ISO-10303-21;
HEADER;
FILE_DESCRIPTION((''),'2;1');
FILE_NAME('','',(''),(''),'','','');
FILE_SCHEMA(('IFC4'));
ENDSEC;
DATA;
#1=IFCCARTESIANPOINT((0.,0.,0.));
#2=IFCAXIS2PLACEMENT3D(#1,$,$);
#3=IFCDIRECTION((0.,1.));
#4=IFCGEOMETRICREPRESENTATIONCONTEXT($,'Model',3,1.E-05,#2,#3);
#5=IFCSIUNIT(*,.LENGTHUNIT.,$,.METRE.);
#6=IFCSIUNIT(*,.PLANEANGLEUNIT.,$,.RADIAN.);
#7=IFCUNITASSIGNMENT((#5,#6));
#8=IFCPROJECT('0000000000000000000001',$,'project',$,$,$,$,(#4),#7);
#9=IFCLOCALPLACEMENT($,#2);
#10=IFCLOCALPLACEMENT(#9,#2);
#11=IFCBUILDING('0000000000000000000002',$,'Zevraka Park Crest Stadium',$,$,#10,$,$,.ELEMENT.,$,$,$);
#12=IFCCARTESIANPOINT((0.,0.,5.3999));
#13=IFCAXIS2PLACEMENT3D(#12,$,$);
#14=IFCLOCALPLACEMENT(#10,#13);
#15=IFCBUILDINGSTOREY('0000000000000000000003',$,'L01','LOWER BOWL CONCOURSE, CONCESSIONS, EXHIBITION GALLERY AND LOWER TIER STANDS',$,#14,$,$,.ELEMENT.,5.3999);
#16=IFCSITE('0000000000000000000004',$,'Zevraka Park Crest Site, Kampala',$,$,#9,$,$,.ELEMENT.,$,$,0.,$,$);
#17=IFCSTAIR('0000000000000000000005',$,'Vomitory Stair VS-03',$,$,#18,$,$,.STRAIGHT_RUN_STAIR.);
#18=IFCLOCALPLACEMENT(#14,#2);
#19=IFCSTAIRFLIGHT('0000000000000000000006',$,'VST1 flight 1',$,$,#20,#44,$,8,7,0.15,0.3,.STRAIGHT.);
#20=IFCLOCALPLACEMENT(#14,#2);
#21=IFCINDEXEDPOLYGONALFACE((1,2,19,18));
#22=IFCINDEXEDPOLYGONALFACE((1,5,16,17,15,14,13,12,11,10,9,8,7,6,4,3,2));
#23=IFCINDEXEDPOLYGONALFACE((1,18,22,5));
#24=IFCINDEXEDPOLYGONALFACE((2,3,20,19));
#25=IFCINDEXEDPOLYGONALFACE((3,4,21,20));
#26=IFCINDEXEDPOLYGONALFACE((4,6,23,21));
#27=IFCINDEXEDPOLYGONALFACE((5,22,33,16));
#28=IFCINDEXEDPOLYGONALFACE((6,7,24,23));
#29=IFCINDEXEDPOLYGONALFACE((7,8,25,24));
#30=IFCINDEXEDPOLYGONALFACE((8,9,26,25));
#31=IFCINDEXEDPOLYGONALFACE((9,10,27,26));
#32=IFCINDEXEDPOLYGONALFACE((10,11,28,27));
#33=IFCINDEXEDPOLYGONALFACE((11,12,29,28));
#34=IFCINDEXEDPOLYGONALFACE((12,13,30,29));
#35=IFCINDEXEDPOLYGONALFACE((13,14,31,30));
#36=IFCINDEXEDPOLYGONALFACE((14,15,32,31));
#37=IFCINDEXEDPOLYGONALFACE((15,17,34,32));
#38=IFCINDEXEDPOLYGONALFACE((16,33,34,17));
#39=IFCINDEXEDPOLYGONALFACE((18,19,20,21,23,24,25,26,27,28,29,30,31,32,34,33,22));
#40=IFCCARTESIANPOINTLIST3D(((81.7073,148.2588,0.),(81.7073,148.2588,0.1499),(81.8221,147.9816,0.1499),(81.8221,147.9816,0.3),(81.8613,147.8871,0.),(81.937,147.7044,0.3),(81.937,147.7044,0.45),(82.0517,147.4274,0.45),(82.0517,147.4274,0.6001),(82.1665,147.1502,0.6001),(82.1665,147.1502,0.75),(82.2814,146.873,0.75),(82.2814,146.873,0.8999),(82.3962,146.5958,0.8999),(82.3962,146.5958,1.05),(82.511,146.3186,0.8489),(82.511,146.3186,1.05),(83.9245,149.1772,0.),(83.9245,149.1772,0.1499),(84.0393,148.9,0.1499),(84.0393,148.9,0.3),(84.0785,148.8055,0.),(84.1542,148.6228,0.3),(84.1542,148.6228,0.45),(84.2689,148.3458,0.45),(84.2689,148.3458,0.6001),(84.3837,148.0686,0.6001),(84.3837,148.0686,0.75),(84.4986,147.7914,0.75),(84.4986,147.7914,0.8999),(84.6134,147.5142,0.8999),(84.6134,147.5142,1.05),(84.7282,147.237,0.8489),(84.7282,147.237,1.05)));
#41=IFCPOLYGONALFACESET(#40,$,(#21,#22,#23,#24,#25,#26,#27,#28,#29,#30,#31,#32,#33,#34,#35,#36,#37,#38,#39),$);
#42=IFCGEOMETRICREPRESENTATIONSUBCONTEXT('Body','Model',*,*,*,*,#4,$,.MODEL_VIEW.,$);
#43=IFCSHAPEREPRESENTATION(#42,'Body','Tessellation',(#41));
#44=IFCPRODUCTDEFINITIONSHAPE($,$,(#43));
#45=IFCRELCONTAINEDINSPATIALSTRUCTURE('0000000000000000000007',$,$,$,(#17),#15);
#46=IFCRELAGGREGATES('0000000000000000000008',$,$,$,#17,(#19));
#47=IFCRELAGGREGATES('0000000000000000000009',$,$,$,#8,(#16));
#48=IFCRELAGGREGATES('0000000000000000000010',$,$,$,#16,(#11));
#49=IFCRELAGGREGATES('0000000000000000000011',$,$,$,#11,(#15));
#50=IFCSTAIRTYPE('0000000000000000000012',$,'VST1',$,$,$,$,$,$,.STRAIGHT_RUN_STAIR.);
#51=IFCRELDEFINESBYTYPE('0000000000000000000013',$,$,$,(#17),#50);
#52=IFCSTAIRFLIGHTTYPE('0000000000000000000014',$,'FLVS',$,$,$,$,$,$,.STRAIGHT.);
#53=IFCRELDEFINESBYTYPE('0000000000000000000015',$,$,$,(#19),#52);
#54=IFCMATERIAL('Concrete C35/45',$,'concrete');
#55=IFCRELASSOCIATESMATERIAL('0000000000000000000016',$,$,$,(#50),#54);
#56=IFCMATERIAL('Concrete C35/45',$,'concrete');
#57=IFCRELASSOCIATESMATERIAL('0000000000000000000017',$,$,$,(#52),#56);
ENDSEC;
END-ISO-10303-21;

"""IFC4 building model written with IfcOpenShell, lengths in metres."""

from ifc_helpers import new_model, si_unit, direction, frame, origin, place, context, subcontext, project, spatial, polyline, outline, extrude, material, type_object, element, aggregate, save


model = new_model("IFC4")

# Units and contexts
model_context = context("Model", 3, precision=1e-05, world=origin(), true_north=direction((0.0, 1.0)))
body_context = subcontext(model_context, "Body", "Model", "MODEL_VIEW")
ifc_project = project(units=[si_unit("LENGTHUNIT", "METRE"), si_unit("PLANEANGLEUNIT", "RADIAN")], contexts=[model_context])

# Site, building, storey
site_placement = place(None, origin())
site = spatial("IfcSite", under=ifc_project, at=site_placement, Name="Zevraka Park Crest Site, Kampala", CompositionType="ELEMENT", RefElevation=0.0)
building_placement = place(site_placement, origin())
building = spatial("IfcBuilding", under=site, at=building_placement, Name="Zevraka Park Crest Stadium", CompositionType="ELEMENT")
storey_placement = place(building_placement, frame((0.0, 0.0, 5.3999)))
storey = spatial("IfcBuildingStorey", under=building, at=storey_placement, Name="L01", Description="LOWER BOWL CONCOURSE, CONCESSIONS, EXHIBITION GALLERY AND LOWER TIER STANDS", CompositionType="ELEMENT", Elevation=5.3999)

# Stair, stair flight
ifc_material_1 = material(Name="Concrete C35/45", Category="concrete")
stair_type = type_object("IfcStairType", Name="VST1", PredefinedType="STRAIGHT_RUN_STAIR", material=ifc_material_1)
stair_placement = place(storey_placement, origin())
stair = element("IfcStair", 1, at=stair_placement, inside=storey, type_object=stair_type, Name="Vomitory Stair VS-03", PredefinedType="STRAIGHT_RUN_STAIR")
ifc_material_2 = material(Name="Concrete C35/45", Category="concrete")
stair_flight_type = type_object("IfcStairFlightType", Name="FLVS", PredefinedType="STRAIGHT", material=ifc_material_2)
stair_flight_placement = place(storey_placement, frame((82.8159, 148.718, 0.0), z_axis=(0.0, 0.0, 1.0), x_axis=(0.3827, -0.923873, 0.0)))
stair_flight = element("IfcStairFlight", 2, at=stair_flight_placement, type_object=stair_flight_type, Name="VST1 flight 1", NumberOfRisers=8, NumberOfTreads=7, PredefinedType="STRAIGHT", RiserHeight=0.15, TreadLength=0.3, context=body_context, shape_type="SweptSolid", body=[
    extrude(outline(polyline([(0.0, 0.0), (0.0, 0.1499), (0.3, 0.1499), (0.3, 0.3), (0.6001, 0.3), (0.6001, 0.45), (0.8999, 0.45), (0.8999, 0.6001), (1.2, 0.6001), (1.2, 0.75), (1.5, 0.75), (1.5, 0.8999), (1.8, 0.8999), (1.8, 1.05), (2.1001, 1.05), (2.1001, 1.2), (2.1001, 0.8489), (0.4023, 0.0), (0.0, 0.0)])), frame((0.0, 1.2, 0.0), z_axis=(0.0, -1.0, 0.0), x_axis=(1.0, 0.0, 0.0)), (0.0, 0.0, 1.0), 2.3999),
])
aggregate(stair, [stair_flight])

save(model, "model.ifc")
